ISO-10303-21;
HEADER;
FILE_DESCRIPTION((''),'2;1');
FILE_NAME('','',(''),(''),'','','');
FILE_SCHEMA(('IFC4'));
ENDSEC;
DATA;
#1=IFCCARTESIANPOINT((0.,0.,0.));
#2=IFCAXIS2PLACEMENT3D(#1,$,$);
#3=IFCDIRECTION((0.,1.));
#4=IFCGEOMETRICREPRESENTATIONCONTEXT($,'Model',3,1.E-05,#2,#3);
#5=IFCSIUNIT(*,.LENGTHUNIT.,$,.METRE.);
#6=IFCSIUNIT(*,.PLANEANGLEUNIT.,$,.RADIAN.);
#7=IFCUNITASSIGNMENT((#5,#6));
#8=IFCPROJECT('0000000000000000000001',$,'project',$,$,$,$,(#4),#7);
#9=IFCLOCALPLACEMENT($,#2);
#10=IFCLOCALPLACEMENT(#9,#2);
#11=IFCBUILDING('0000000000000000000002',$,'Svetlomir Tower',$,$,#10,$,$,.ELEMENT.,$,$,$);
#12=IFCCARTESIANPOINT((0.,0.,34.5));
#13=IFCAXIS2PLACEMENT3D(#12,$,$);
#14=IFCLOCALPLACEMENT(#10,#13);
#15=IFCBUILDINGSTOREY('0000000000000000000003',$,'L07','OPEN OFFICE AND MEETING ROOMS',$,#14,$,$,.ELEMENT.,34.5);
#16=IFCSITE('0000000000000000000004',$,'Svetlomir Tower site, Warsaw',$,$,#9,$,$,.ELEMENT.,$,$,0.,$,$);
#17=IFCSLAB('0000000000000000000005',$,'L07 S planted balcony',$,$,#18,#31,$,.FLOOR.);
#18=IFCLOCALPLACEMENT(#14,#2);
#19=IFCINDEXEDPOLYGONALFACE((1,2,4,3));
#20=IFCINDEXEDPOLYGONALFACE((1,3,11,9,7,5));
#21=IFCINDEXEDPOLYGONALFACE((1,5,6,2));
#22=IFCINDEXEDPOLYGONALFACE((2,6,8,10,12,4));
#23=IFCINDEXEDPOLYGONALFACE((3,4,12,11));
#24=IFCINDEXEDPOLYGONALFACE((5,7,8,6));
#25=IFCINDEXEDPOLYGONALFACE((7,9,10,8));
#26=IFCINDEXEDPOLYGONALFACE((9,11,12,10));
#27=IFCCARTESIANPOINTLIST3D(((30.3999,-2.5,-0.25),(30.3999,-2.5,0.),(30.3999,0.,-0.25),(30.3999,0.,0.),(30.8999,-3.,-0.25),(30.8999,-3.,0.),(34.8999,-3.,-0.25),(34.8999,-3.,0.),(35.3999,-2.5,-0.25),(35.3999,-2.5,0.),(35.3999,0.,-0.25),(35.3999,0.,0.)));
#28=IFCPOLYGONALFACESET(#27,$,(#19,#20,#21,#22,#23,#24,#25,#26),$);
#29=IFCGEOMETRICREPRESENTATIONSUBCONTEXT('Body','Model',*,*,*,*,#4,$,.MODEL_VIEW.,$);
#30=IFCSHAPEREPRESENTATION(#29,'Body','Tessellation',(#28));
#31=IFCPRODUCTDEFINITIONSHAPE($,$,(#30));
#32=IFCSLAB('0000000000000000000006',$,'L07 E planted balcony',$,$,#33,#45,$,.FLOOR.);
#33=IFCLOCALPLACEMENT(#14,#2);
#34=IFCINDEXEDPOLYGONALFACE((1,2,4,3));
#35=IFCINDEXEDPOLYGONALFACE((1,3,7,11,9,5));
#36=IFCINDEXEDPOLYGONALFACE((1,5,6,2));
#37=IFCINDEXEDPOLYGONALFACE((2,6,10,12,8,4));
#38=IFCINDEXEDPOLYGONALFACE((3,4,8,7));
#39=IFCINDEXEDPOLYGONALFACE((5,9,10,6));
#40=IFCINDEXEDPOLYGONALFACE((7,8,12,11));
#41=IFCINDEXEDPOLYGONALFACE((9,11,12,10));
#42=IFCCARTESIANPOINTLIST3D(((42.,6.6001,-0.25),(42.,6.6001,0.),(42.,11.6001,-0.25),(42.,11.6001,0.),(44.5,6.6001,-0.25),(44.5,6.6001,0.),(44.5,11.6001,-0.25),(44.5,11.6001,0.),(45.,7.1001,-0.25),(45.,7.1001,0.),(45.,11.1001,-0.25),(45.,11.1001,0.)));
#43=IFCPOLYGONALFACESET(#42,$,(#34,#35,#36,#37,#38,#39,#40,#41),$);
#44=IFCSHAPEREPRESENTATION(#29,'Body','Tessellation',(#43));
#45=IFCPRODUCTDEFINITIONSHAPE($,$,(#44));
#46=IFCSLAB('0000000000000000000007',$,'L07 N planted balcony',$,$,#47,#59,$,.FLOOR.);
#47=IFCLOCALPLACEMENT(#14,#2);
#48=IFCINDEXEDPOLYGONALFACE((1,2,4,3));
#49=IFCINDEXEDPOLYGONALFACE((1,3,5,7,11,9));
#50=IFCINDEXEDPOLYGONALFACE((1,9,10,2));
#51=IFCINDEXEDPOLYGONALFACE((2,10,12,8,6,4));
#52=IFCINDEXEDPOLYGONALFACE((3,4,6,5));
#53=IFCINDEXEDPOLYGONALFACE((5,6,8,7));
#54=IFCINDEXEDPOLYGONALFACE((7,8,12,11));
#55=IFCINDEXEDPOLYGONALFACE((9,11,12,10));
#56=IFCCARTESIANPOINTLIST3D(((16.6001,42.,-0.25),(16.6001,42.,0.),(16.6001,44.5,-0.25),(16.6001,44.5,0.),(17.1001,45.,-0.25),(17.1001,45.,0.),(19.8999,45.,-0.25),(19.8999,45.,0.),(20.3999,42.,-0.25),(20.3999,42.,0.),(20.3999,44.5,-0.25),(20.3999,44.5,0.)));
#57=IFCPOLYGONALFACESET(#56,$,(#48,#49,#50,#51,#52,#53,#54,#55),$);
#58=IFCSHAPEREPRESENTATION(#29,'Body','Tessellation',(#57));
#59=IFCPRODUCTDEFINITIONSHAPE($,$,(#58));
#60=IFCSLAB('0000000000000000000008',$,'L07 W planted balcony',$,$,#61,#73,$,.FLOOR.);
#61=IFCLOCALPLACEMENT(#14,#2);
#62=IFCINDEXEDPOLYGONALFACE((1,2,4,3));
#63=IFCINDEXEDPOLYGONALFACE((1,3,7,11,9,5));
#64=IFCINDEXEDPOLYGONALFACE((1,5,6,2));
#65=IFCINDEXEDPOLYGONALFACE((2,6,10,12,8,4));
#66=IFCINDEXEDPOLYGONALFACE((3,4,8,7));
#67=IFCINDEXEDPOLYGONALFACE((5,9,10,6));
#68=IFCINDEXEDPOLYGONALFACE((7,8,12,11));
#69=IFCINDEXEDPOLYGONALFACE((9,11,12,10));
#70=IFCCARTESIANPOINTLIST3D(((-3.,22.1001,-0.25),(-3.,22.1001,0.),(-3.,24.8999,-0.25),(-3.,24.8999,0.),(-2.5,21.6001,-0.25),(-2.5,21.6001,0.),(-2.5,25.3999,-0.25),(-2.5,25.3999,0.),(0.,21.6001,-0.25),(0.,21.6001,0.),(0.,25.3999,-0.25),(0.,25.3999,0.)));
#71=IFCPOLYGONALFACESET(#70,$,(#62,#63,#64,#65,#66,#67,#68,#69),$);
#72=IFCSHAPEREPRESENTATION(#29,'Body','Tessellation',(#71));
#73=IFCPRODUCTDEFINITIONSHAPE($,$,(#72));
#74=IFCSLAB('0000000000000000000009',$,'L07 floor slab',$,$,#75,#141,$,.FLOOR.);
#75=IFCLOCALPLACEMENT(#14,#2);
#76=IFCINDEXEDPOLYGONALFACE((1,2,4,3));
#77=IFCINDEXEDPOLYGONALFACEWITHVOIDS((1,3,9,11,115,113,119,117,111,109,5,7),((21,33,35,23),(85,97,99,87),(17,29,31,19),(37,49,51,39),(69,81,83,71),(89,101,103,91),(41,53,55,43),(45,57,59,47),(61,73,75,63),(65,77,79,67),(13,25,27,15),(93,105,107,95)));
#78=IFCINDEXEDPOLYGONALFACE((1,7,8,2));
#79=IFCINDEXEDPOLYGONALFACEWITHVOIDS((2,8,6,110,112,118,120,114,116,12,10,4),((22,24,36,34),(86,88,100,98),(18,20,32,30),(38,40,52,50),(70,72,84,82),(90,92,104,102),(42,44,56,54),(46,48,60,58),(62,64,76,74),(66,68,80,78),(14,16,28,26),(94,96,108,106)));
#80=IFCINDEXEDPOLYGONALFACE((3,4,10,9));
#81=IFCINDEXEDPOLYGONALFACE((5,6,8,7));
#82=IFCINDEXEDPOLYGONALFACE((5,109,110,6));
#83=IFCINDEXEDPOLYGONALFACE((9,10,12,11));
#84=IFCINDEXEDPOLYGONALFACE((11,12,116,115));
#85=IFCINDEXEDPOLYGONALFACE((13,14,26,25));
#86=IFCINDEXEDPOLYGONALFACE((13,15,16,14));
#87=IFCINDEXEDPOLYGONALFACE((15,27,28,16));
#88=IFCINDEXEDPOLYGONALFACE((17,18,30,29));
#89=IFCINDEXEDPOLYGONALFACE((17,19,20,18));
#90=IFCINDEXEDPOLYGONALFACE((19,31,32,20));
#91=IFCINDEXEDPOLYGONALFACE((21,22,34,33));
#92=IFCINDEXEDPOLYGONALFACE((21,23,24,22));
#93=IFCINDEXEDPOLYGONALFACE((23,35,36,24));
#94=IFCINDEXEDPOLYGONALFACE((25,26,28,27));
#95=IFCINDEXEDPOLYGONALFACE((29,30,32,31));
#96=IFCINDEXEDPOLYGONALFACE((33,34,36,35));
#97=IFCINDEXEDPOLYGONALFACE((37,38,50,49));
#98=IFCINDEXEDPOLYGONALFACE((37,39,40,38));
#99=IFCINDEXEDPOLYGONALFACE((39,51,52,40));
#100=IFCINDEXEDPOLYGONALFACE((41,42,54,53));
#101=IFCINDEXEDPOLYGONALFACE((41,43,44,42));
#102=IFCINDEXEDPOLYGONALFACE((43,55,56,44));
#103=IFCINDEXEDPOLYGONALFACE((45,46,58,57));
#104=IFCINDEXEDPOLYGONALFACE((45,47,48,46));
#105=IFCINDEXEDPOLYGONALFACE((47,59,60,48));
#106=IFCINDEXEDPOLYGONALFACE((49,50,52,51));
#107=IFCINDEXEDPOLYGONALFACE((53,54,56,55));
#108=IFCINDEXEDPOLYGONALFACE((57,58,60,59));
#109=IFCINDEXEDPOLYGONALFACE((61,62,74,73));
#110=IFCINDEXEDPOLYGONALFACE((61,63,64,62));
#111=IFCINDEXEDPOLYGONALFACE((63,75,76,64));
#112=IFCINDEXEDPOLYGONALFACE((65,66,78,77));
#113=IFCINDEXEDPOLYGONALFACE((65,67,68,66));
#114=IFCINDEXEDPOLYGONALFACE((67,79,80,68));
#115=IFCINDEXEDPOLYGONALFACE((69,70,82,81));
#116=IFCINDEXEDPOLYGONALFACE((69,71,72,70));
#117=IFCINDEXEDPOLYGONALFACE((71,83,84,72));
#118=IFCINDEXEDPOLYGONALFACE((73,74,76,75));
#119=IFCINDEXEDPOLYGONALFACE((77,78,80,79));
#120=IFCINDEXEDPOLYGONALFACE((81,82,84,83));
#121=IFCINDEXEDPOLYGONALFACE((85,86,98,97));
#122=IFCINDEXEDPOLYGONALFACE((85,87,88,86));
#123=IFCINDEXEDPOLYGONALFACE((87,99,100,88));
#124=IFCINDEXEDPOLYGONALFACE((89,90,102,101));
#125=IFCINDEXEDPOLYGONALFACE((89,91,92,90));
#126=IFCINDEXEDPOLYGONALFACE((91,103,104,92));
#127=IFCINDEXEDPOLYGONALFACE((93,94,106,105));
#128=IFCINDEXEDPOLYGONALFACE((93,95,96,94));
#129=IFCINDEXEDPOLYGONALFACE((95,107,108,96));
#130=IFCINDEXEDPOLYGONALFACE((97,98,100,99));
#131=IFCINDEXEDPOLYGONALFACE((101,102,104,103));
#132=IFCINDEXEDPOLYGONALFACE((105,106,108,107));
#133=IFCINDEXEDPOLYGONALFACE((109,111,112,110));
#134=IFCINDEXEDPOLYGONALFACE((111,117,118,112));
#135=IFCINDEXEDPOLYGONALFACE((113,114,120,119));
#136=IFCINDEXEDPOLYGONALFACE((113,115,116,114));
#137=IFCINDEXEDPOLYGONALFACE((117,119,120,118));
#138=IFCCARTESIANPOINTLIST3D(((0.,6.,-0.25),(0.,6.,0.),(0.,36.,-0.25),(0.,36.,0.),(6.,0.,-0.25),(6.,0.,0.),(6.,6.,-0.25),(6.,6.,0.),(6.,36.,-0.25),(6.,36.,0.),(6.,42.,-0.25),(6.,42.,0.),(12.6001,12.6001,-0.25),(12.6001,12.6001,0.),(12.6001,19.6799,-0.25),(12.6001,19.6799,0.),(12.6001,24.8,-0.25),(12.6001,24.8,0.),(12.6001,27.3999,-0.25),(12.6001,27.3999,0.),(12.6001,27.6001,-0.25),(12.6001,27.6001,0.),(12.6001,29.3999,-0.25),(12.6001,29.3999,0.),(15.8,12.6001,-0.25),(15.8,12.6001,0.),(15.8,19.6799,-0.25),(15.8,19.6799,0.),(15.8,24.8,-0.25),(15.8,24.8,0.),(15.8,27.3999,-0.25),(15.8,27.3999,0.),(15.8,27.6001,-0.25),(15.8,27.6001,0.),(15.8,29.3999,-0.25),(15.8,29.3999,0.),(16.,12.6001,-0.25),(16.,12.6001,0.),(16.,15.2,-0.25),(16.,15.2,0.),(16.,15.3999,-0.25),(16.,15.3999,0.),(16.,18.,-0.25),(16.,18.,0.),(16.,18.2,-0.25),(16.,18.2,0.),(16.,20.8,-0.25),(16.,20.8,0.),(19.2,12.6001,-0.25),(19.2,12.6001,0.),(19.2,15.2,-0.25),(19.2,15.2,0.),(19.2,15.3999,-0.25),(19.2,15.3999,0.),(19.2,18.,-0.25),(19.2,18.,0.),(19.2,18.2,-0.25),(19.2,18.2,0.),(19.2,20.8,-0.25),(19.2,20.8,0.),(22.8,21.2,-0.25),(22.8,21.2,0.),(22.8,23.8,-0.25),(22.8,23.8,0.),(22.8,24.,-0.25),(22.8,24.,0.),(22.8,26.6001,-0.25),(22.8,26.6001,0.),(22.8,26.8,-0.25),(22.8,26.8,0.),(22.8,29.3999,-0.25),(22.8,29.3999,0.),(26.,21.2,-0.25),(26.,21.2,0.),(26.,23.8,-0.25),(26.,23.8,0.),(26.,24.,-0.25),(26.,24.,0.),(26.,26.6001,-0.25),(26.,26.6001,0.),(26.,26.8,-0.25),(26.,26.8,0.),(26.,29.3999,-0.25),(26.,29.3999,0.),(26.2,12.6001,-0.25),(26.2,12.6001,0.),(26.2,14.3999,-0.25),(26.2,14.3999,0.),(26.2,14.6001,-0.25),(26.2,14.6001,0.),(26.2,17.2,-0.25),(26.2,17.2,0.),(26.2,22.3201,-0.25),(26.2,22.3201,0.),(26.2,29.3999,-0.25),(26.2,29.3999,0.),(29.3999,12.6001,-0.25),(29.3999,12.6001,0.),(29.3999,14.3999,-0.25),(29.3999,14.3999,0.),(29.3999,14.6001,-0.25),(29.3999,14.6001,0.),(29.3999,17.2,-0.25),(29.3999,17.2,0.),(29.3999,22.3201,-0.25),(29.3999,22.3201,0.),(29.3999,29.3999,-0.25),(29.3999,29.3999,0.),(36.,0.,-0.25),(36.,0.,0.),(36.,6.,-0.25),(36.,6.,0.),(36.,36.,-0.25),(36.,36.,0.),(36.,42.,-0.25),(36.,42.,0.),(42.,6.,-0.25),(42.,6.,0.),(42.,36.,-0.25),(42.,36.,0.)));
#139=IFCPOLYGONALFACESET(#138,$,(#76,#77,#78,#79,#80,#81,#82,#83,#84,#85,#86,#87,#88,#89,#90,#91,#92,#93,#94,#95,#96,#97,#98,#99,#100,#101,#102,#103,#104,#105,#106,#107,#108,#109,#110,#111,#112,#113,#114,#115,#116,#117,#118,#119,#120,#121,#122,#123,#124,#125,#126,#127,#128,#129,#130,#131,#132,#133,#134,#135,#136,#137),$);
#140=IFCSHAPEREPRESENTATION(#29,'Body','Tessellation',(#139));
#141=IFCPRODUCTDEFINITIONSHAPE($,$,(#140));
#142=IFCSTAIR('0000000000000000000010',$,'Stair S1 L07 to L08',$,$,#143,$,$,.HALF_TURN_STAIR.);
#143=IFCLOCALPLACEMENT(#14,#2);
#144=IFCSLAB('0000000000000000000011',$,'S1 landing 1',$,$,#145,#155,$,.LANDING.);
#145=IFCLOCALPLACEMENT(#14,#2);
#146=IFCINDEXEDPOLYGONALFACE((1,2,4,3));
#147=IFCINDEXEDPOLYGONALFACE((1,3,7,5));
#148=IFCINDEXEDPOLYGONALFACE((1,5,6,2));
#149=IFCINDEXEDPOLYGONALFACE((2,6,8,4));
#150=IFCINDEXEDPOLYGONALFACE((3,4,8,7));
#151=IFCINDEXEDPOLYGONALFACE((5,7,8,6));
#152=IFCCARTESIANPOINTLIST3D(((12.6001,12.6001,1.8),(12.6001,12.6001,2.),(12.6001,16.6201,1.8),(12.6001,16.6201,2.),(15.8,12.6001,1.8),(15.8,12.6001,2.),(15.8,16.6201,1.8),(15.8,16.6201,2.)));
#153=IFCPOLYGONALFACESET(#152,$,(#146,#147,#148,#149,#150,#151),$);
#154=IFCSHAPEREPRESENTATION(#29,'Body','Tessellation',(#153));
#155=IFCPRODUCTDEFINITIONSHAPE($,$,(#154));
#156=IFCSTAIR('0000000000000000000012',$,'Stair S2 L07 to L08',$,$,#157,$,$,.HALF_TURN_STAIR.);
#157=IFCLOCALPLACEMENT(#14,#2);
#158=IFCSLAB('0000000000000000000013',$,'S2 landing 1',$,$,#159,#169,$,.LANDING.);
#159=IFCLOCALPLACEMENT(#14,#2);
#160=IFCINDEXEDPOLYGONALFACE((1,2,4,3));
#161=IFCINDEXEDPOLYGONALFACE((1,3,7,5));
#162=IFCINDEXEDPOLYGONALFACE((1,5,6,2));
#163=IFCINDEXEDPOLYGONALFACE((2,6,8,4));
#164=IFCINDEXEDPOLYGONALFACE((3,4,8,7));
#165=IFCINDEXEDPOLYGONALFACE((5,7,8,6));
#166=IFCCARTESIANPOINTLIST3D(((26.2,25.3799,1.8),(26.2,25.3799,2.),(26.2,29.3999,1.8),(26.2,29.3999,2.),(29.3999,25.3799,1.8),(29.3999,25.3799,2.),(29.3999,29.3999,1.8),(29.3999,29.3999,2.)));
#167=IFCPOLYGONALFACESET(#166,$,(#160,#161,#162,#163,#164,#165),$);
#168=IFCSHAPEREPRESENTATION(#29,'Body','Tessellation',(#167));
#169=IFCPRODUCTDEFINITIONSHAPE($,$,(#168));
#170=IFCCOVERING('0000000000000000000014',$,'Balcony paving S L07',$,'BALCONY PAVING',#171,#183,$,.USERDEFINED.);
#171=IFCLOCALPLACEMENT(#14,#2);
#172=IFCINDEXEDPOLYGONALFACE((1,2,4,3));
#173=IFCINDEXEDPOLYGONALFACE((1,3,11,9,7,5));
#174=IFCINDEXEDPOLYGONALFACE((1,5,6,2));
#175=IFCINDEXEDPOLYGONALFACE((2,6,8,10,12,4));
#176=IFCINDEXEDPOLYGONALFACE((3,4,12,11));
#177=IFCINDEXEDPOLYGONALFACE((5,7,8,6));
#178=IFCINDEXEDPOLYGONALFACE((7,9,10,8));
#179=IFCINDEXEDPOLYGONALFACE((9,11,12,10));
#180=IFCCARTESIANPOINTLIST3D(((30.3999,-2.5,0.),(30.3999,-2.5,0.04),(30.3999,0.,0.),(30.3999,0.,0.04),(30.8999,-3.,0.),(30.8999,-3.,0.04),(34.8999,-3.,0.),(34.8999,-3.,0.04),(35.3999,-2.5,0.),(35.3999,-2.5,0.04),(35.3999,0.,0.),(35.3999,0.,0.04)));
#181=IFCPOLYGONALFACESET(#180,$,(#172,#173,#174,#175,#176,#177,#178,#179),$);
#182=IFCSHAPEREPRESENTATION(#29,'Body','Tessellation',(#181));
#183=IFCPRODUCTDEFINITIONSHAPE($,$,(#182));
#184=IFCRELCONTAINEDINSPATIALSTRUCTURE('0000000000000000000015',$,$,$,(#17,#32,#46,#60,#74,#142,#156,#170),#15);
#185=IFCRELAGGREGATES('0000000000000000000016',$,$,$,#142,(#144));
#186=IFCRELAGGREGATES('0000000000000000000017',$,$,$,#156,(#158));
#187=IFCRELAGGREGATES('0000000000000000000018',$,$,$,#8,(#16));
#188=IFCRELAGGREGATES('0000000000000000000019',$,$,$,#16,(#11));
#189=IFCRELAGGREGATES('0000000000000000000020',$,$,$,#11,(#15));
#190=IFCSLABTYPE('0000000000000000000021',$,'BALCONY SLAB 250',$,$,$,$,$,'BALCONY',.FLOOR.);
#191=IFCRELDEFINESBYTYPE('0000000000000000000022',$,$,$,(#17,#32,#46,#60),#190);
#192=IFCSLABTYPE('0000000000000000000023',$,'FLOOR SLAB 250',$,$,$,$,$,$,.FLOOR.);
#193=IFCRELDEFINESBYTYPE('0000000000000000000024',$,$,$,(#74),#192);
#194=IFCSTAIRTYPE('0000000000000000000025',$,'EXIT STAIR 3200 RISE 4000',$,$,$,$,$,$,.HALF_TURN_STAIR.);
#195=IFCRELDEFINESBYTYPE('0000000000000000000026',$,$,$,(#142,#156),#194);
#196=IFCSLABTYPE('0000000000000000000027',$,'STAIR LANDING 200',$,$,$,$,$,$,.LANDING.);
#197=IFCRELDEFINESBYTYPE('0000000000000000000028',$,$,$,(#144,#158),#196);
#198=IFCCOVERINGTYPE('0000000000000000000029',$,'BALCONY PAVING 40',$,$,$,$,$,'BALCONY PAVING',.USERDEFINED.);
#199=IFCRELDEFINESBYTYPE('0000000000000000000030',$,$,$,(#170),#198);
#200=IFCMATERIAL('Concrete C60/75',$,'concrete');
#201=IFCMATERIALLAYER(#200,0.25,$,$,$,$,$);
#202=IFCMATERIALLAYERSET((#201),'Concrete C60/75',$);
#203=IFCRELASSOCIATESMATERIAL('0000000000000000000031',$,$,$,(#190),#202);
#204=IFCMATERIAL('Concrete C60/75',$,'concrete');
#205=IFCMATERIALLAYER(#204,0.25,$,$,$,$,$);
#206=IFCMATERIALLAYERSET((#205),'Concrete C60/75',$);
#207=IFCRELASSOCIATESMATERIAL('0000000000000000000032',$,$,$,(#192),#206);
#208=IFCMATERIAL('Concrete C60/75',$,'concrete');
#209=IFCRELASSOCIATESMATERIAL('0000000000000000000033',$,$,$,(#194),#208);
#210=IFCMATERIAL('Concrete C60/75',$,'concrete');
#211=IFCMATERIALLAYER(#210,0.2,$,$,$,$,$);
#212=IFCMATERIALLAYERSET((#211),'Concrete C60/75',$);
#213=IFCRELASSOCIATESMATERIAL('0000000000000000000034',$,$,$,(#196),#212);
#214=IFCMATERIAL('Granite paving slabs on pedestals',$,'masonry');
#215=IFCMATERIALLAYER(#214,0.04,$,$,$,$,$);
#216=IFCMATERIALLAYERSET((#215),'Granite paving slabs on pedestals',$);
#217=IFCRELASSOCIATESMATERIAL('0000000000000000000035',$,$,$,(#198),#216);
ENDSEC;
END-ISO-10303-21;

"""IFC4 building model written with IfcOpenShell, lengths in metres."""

from ifc_helpers import new_model, si_unit, direction, frame, origin, place, context, subcontext, project, spatial, polyline, outline, extrude, material, layer, layer_set, type_object, element, aggregate, save


model = new_model("IFC4")

# Units and contexts
model_context = context("Model", 3, precision=1e-05, world=origin(), true_north=direction((0.0, 1.0)))
body_context = subcontext(model_context, "Body", "Model", "MODEL_VIEW")
ifc_project = project(units=[si_unit("LENGTHUNIT", "METRE"), si_unit("PLANEANGLEUNIT", "RADIAN")], contexts=[model_context])

# Site, building, storey
site_placement = place(None, origin())
site = spatial("IfcSite", under=ifc_project, at=site_placement, Name="Svetlomir Tower site, Warsaw", CompositionType="ELEMENT", RefElevation=0.0)
building_placement = place(site_placement, origin())
building = spatial("IfcBuilding", under=site, at=building_placement, Name="Svetlomir Tower", CompositionType="ELEMENT")
storey_placement = place(building_placement, frame((0.0, 0.0, 34.5)))
storey = spatial("IfcBuildingStorey", under=building, at=storey_placement, Name="L07", Description="OPEN OFFICE AND MEETING ROOMS", CompositionType="ELEMENT", Elevation=34.5)

# Slabs
ifc_material_1 = material(Name="Concrete C60/75", Category="concrete")
ifc_layer_1 = layer(ifc_material_1, 0.25)
ifc_layer_set_1 = layer_set([ifc_layer_1], Name="Concrete C60/75")
slab_type_1 = type_object("IfcSlabType", Name="BALCONY SLAB 250", ElementType="BALCONY", PredefinedType="FLOOR", material=ifc_layer_set_1)
slab_1_placement = place(storey_placement, frame((0.0, 0.0, -0.25)))
element("IfcSlab", 1, at=slab_1_placement, inside=storey, type_object=slab_type_1, Name="L07 S planted balcony", PredefinedType="FLOOR", context=body_context, shape_type="SweptSolid", body=[
    extrude(outline(polyline([(30.3999, -2.5), (30.8999, -3.0), (34.8999, -3.0), (35.3999, -2.5), (35.3999, 0.0), (30.3999, 0.0), (30.3999, -2.5)])), origin(), (0.0, 0.0, 1.0), 0.25),
])
slab_2_placement = place(storey_placement, frame((0.0, 0.0, -0.25)))
element("IfcSlab", 2, at=slab_2_placement, inside=storey, type_object=slab_type_1, Name="L07 E planted balcony", PredefinedType="FLOOR", context=body_context, shape_type="SweptSolid", body=[
    extrude(outline(polyline([(42.0, 6.6001), (44.5, 6.6001), (45.0, 7.1001), (45.0, 11.1001), (44.5, 11.6001), (42.0, 11.6001), (42.0, 6.6001)])), origin(), (0.0, 0.0, 1.0), 0.25),
])
slab_3_placement = place(storey_placement, frame((0.0, 0.0, -0.25)))
element("IfcSlab", 3, at=slab_3_placement, inside=storey, type_object=slab_type_1, Name="L07 N planted balcony", PredefinedType="FLOOR", context=body_context, shape_type="SweptSolid", body=[
    extrude(outline(polyline([(16.6001, 42.0), (20.3999, 42.0), (20.3999, 44.5), (19.8999, 45.0), (17.1001, 45.0), (16.6001, 44.5), (16.6001, 42.0)])), origin(), (0.0, 0.0, 1.0), 0.25),
])
slab_4_placement = place(storey_placement, frame((0.0, 0.0, -0.25)))
element("IfcSlab", 4, at=slab_4_placement, inside=storey, type_object=slab_type_1, Name="L07 W planted balcony", PredefinedType="FLOOR", context=body_context, shape_type="SweptSolid", body=[
    extrude(outline(polyline([(-2.5, 21.6001), (0.0, 21.6001), (0.0, 25.3999), (-2.5, 25.3999), (-3.0, 24.8999), (-3.0, 22.1001), (-2.5, 21.6001)])), origin(), (0.0, 0.0, 1.0), 0.25),
])
ifc_material_2 = material(Name="Concrete C60/75", Category="concrete")
ifc_layer_2 = layer(ifc_material_2, 0.25)
ifc_layer_set_2 = layer_set([ifc_layer_2], Name="Concrete C60/75")
slab_type_2 = type_object("IfcSlabType", Name="FLOOR SLAB 250", PredefinedType="FLOOR", material=ifc_layer_set_2)
slab_5_placement = place(storey_placement, frame((0.0, 0.0, -0.25)))
element("IfcSlab", 5, at=slab_5_placement, inside=storey, type_object=slab_type_2, Name="L07 floor slab", PredefinedType="FLOOR", context=body_context, shape_type="SweptSolid", body=[
    extrude(outline(polyline([(6.0, 0.0), (36.0, 0.0), (36.0, 6.0), (42.0, 6.0), (42.0, 36.0), (36.0, 36.0), (36.0, 42.0), (6.0, 42.0), (6.0, 36.0), (0.0, 36.0), (0.0, 6.0), (6.0, 6.0), (6.0, 0.0)]), holes=[polyline([(12.6001, 24.8), (15.8, 24.8), (15.8, 27.3999), (12.6001, 27.3999), (12.6001, 24.8)]), polyline([(26.2, 14.6001), (29.3999, 14.6001), (29.3999, 17.2), (26.2, 17.2), (26.2, 14.6001)]), polyline([(16.0, 12.6001), (19.2, 12.6001), (19.2, 15.2), (16.0, 15.2), (16.0, 12.6001)]), polyline([(16.0, 15.3999), (19.2, 15.3999), (19.2, 18.0), (16.0, 18.0), (16.0, 15.3999)]), polyline([(16.0, 18.2), (19.2, 18.2), (19.2, 20.8), (16.0, 20.8), (16.0, 18.2)]), polyline([(22.8, 21.2), (26.0, 21.2), (26.0, 23.8), (22.8, 23.8), (22.8, 21.2)]), polyline([(22.8, 24.0), (26.0, 24.0), (26.0, 26.6001), (22.8, 26.6001), (22.8, 24.0)]), polyline([(22.8, 26.8), (26.0, 26.8), (26.0, 29.3999), (22.8, 29.3999), (22.8, 26.8)]), polyline([(12.6001, 27.6001), (15.8, 27.6001), (15.8, 29.3999), (12.6001, 29.3999), (12.6001, 27.6001)]), polyline([(26.2, 12.6001), (29.3999, 12.6001), (29.3999, 14.3999), (26.2, 14.3999), (26.2, 12.6001)]), polyline([(12.6001, 12.6001), (15.8, 12.6001), (15.8, 19.6799), (12.6001, 19.6799), (12.6001, 12.6001)]), polyline([(26.2, 22.3201), (29.3999, 22.3201), (29.3999, 29.3999), (26.2, 29.3999), (26.2, 22.3201)])]), origin(), (0.0, 0.0, 1.0), 0.25),
])

# Stairs, slabs
ifc_material_3 = material(Name="Concrete C60/75", Category="concrete")
stair_type = type_object("IfcStairType", Name="EXIT STAIR 3200 RISE 4000", PredefinedType="HALF_TURN_STAIR", material=ifc_material_3)
stair_1_placement = place(storey_placement, origin())
stair_1 = element("IfcStair", 6, at=stair_1_placement, inside=storey, type_object=stair_type, Name="Stair S1 L07 to L08", PredefinedType="HALF_TURN_STAIR")
ifc_material_4 = material(Name="Concrete C60/75", Category="concrete")
ifc_layer_3 = layer(ifc_material_4, 0.2)
ifc_layer_set_3 = layer_set([ifc_layer_3], Name="Concrete C60/75")
slab_type_3 = type_object("IfcSlabType", Name="STAIR LANDING 200", PredefinedType="LANDING", material=ifc_layer_set_3)
slab_6_placement = place(storey_placement, frame((0.0, 0.0, 1.8)))
slab_6 = element("IfcSlab", 7, at=slab_6_placement, type_object=slab_type_3, Name="S1 landing 1", PredefinedType="LANDING", context=body_context, shape_type="SweptSolid", body=[
    extrude(outline(polyline([(12.6001, 12.6001), (15.8, 12.6001), (15.8, 16.6201), (12.6001, 16.6201), (12.6001, 12.6001)])), origin(), (0.0, 0.0, 1.0), 0.2),
])
aggregate(stair_1, [slab_6])
stair_2_placement = place(storey_placement, origin())
stair_2 = element("IfcStair", 8, at=stair_2_placement, inside=storey, type_object=stair_type, Name="Stair S2 L07 to L08", PredefinedType="HALF_TURN_STAIR")
slab_7_placement = place(storey_placement, frame((0.0, 0.0, 1.8)))
slab_7 = element("IfcSlab", 9, at=slab_7_placement, type_object=slab_type_3, Name="S2 landing 1", PredefinedType="LANDING", context=body_context, shape_type="SweptSolid", body=[
    extrude(outline(polyline([(26.2, 25.3799), (29.3999, 25.3799), (29.3999, 29.3999), (26.2, 29.3999), (26.2, 25.3799)])), origin(), (0.0, 0.0, 1.0), 0.2),
])
aggregate(stair_2, [slab_7])

# Covering
ifc_material_5 = material(Name="Granite paving slabs on pedestals", Category="masonry")
ifc_layer_4 = layer(ifc_material_5, 0.04)
ifc_layer_set_4 = layer_set([ifc_layer_4], Name="Granite paving slabs on pedestals")
covering_type_1 = type_object("IfcCoveringType", Name="BALCONY PAVING 40", ElementType="BALCONY PAVING", PredefinedType="USERDEFINED", material=ifc_layer_set_4)
covering_1_placement = place(storey_placement, origin())
element("IfcCovering", 10, at=covering_1_placement, inside=storey, type_object=covering_type_1, Name="Balcony paving S L07", ObjectType="BALCONY PAVING", PredefinedType="USERDEFINED", context=body_context, shape_type="SweptSolid", body=[
    extrude(outline(polyline([(30.3999, -2.5), (30.8999, -3.0), (34.8999, -3.0), (35.3999, -2.5), (35.3999, 0.0), (30.3999, 0.0), (30.3999, -2.5)])), origin(), (0.0, 0.0, 1.0), 0.04),
])

save(model, "model.ifc")
